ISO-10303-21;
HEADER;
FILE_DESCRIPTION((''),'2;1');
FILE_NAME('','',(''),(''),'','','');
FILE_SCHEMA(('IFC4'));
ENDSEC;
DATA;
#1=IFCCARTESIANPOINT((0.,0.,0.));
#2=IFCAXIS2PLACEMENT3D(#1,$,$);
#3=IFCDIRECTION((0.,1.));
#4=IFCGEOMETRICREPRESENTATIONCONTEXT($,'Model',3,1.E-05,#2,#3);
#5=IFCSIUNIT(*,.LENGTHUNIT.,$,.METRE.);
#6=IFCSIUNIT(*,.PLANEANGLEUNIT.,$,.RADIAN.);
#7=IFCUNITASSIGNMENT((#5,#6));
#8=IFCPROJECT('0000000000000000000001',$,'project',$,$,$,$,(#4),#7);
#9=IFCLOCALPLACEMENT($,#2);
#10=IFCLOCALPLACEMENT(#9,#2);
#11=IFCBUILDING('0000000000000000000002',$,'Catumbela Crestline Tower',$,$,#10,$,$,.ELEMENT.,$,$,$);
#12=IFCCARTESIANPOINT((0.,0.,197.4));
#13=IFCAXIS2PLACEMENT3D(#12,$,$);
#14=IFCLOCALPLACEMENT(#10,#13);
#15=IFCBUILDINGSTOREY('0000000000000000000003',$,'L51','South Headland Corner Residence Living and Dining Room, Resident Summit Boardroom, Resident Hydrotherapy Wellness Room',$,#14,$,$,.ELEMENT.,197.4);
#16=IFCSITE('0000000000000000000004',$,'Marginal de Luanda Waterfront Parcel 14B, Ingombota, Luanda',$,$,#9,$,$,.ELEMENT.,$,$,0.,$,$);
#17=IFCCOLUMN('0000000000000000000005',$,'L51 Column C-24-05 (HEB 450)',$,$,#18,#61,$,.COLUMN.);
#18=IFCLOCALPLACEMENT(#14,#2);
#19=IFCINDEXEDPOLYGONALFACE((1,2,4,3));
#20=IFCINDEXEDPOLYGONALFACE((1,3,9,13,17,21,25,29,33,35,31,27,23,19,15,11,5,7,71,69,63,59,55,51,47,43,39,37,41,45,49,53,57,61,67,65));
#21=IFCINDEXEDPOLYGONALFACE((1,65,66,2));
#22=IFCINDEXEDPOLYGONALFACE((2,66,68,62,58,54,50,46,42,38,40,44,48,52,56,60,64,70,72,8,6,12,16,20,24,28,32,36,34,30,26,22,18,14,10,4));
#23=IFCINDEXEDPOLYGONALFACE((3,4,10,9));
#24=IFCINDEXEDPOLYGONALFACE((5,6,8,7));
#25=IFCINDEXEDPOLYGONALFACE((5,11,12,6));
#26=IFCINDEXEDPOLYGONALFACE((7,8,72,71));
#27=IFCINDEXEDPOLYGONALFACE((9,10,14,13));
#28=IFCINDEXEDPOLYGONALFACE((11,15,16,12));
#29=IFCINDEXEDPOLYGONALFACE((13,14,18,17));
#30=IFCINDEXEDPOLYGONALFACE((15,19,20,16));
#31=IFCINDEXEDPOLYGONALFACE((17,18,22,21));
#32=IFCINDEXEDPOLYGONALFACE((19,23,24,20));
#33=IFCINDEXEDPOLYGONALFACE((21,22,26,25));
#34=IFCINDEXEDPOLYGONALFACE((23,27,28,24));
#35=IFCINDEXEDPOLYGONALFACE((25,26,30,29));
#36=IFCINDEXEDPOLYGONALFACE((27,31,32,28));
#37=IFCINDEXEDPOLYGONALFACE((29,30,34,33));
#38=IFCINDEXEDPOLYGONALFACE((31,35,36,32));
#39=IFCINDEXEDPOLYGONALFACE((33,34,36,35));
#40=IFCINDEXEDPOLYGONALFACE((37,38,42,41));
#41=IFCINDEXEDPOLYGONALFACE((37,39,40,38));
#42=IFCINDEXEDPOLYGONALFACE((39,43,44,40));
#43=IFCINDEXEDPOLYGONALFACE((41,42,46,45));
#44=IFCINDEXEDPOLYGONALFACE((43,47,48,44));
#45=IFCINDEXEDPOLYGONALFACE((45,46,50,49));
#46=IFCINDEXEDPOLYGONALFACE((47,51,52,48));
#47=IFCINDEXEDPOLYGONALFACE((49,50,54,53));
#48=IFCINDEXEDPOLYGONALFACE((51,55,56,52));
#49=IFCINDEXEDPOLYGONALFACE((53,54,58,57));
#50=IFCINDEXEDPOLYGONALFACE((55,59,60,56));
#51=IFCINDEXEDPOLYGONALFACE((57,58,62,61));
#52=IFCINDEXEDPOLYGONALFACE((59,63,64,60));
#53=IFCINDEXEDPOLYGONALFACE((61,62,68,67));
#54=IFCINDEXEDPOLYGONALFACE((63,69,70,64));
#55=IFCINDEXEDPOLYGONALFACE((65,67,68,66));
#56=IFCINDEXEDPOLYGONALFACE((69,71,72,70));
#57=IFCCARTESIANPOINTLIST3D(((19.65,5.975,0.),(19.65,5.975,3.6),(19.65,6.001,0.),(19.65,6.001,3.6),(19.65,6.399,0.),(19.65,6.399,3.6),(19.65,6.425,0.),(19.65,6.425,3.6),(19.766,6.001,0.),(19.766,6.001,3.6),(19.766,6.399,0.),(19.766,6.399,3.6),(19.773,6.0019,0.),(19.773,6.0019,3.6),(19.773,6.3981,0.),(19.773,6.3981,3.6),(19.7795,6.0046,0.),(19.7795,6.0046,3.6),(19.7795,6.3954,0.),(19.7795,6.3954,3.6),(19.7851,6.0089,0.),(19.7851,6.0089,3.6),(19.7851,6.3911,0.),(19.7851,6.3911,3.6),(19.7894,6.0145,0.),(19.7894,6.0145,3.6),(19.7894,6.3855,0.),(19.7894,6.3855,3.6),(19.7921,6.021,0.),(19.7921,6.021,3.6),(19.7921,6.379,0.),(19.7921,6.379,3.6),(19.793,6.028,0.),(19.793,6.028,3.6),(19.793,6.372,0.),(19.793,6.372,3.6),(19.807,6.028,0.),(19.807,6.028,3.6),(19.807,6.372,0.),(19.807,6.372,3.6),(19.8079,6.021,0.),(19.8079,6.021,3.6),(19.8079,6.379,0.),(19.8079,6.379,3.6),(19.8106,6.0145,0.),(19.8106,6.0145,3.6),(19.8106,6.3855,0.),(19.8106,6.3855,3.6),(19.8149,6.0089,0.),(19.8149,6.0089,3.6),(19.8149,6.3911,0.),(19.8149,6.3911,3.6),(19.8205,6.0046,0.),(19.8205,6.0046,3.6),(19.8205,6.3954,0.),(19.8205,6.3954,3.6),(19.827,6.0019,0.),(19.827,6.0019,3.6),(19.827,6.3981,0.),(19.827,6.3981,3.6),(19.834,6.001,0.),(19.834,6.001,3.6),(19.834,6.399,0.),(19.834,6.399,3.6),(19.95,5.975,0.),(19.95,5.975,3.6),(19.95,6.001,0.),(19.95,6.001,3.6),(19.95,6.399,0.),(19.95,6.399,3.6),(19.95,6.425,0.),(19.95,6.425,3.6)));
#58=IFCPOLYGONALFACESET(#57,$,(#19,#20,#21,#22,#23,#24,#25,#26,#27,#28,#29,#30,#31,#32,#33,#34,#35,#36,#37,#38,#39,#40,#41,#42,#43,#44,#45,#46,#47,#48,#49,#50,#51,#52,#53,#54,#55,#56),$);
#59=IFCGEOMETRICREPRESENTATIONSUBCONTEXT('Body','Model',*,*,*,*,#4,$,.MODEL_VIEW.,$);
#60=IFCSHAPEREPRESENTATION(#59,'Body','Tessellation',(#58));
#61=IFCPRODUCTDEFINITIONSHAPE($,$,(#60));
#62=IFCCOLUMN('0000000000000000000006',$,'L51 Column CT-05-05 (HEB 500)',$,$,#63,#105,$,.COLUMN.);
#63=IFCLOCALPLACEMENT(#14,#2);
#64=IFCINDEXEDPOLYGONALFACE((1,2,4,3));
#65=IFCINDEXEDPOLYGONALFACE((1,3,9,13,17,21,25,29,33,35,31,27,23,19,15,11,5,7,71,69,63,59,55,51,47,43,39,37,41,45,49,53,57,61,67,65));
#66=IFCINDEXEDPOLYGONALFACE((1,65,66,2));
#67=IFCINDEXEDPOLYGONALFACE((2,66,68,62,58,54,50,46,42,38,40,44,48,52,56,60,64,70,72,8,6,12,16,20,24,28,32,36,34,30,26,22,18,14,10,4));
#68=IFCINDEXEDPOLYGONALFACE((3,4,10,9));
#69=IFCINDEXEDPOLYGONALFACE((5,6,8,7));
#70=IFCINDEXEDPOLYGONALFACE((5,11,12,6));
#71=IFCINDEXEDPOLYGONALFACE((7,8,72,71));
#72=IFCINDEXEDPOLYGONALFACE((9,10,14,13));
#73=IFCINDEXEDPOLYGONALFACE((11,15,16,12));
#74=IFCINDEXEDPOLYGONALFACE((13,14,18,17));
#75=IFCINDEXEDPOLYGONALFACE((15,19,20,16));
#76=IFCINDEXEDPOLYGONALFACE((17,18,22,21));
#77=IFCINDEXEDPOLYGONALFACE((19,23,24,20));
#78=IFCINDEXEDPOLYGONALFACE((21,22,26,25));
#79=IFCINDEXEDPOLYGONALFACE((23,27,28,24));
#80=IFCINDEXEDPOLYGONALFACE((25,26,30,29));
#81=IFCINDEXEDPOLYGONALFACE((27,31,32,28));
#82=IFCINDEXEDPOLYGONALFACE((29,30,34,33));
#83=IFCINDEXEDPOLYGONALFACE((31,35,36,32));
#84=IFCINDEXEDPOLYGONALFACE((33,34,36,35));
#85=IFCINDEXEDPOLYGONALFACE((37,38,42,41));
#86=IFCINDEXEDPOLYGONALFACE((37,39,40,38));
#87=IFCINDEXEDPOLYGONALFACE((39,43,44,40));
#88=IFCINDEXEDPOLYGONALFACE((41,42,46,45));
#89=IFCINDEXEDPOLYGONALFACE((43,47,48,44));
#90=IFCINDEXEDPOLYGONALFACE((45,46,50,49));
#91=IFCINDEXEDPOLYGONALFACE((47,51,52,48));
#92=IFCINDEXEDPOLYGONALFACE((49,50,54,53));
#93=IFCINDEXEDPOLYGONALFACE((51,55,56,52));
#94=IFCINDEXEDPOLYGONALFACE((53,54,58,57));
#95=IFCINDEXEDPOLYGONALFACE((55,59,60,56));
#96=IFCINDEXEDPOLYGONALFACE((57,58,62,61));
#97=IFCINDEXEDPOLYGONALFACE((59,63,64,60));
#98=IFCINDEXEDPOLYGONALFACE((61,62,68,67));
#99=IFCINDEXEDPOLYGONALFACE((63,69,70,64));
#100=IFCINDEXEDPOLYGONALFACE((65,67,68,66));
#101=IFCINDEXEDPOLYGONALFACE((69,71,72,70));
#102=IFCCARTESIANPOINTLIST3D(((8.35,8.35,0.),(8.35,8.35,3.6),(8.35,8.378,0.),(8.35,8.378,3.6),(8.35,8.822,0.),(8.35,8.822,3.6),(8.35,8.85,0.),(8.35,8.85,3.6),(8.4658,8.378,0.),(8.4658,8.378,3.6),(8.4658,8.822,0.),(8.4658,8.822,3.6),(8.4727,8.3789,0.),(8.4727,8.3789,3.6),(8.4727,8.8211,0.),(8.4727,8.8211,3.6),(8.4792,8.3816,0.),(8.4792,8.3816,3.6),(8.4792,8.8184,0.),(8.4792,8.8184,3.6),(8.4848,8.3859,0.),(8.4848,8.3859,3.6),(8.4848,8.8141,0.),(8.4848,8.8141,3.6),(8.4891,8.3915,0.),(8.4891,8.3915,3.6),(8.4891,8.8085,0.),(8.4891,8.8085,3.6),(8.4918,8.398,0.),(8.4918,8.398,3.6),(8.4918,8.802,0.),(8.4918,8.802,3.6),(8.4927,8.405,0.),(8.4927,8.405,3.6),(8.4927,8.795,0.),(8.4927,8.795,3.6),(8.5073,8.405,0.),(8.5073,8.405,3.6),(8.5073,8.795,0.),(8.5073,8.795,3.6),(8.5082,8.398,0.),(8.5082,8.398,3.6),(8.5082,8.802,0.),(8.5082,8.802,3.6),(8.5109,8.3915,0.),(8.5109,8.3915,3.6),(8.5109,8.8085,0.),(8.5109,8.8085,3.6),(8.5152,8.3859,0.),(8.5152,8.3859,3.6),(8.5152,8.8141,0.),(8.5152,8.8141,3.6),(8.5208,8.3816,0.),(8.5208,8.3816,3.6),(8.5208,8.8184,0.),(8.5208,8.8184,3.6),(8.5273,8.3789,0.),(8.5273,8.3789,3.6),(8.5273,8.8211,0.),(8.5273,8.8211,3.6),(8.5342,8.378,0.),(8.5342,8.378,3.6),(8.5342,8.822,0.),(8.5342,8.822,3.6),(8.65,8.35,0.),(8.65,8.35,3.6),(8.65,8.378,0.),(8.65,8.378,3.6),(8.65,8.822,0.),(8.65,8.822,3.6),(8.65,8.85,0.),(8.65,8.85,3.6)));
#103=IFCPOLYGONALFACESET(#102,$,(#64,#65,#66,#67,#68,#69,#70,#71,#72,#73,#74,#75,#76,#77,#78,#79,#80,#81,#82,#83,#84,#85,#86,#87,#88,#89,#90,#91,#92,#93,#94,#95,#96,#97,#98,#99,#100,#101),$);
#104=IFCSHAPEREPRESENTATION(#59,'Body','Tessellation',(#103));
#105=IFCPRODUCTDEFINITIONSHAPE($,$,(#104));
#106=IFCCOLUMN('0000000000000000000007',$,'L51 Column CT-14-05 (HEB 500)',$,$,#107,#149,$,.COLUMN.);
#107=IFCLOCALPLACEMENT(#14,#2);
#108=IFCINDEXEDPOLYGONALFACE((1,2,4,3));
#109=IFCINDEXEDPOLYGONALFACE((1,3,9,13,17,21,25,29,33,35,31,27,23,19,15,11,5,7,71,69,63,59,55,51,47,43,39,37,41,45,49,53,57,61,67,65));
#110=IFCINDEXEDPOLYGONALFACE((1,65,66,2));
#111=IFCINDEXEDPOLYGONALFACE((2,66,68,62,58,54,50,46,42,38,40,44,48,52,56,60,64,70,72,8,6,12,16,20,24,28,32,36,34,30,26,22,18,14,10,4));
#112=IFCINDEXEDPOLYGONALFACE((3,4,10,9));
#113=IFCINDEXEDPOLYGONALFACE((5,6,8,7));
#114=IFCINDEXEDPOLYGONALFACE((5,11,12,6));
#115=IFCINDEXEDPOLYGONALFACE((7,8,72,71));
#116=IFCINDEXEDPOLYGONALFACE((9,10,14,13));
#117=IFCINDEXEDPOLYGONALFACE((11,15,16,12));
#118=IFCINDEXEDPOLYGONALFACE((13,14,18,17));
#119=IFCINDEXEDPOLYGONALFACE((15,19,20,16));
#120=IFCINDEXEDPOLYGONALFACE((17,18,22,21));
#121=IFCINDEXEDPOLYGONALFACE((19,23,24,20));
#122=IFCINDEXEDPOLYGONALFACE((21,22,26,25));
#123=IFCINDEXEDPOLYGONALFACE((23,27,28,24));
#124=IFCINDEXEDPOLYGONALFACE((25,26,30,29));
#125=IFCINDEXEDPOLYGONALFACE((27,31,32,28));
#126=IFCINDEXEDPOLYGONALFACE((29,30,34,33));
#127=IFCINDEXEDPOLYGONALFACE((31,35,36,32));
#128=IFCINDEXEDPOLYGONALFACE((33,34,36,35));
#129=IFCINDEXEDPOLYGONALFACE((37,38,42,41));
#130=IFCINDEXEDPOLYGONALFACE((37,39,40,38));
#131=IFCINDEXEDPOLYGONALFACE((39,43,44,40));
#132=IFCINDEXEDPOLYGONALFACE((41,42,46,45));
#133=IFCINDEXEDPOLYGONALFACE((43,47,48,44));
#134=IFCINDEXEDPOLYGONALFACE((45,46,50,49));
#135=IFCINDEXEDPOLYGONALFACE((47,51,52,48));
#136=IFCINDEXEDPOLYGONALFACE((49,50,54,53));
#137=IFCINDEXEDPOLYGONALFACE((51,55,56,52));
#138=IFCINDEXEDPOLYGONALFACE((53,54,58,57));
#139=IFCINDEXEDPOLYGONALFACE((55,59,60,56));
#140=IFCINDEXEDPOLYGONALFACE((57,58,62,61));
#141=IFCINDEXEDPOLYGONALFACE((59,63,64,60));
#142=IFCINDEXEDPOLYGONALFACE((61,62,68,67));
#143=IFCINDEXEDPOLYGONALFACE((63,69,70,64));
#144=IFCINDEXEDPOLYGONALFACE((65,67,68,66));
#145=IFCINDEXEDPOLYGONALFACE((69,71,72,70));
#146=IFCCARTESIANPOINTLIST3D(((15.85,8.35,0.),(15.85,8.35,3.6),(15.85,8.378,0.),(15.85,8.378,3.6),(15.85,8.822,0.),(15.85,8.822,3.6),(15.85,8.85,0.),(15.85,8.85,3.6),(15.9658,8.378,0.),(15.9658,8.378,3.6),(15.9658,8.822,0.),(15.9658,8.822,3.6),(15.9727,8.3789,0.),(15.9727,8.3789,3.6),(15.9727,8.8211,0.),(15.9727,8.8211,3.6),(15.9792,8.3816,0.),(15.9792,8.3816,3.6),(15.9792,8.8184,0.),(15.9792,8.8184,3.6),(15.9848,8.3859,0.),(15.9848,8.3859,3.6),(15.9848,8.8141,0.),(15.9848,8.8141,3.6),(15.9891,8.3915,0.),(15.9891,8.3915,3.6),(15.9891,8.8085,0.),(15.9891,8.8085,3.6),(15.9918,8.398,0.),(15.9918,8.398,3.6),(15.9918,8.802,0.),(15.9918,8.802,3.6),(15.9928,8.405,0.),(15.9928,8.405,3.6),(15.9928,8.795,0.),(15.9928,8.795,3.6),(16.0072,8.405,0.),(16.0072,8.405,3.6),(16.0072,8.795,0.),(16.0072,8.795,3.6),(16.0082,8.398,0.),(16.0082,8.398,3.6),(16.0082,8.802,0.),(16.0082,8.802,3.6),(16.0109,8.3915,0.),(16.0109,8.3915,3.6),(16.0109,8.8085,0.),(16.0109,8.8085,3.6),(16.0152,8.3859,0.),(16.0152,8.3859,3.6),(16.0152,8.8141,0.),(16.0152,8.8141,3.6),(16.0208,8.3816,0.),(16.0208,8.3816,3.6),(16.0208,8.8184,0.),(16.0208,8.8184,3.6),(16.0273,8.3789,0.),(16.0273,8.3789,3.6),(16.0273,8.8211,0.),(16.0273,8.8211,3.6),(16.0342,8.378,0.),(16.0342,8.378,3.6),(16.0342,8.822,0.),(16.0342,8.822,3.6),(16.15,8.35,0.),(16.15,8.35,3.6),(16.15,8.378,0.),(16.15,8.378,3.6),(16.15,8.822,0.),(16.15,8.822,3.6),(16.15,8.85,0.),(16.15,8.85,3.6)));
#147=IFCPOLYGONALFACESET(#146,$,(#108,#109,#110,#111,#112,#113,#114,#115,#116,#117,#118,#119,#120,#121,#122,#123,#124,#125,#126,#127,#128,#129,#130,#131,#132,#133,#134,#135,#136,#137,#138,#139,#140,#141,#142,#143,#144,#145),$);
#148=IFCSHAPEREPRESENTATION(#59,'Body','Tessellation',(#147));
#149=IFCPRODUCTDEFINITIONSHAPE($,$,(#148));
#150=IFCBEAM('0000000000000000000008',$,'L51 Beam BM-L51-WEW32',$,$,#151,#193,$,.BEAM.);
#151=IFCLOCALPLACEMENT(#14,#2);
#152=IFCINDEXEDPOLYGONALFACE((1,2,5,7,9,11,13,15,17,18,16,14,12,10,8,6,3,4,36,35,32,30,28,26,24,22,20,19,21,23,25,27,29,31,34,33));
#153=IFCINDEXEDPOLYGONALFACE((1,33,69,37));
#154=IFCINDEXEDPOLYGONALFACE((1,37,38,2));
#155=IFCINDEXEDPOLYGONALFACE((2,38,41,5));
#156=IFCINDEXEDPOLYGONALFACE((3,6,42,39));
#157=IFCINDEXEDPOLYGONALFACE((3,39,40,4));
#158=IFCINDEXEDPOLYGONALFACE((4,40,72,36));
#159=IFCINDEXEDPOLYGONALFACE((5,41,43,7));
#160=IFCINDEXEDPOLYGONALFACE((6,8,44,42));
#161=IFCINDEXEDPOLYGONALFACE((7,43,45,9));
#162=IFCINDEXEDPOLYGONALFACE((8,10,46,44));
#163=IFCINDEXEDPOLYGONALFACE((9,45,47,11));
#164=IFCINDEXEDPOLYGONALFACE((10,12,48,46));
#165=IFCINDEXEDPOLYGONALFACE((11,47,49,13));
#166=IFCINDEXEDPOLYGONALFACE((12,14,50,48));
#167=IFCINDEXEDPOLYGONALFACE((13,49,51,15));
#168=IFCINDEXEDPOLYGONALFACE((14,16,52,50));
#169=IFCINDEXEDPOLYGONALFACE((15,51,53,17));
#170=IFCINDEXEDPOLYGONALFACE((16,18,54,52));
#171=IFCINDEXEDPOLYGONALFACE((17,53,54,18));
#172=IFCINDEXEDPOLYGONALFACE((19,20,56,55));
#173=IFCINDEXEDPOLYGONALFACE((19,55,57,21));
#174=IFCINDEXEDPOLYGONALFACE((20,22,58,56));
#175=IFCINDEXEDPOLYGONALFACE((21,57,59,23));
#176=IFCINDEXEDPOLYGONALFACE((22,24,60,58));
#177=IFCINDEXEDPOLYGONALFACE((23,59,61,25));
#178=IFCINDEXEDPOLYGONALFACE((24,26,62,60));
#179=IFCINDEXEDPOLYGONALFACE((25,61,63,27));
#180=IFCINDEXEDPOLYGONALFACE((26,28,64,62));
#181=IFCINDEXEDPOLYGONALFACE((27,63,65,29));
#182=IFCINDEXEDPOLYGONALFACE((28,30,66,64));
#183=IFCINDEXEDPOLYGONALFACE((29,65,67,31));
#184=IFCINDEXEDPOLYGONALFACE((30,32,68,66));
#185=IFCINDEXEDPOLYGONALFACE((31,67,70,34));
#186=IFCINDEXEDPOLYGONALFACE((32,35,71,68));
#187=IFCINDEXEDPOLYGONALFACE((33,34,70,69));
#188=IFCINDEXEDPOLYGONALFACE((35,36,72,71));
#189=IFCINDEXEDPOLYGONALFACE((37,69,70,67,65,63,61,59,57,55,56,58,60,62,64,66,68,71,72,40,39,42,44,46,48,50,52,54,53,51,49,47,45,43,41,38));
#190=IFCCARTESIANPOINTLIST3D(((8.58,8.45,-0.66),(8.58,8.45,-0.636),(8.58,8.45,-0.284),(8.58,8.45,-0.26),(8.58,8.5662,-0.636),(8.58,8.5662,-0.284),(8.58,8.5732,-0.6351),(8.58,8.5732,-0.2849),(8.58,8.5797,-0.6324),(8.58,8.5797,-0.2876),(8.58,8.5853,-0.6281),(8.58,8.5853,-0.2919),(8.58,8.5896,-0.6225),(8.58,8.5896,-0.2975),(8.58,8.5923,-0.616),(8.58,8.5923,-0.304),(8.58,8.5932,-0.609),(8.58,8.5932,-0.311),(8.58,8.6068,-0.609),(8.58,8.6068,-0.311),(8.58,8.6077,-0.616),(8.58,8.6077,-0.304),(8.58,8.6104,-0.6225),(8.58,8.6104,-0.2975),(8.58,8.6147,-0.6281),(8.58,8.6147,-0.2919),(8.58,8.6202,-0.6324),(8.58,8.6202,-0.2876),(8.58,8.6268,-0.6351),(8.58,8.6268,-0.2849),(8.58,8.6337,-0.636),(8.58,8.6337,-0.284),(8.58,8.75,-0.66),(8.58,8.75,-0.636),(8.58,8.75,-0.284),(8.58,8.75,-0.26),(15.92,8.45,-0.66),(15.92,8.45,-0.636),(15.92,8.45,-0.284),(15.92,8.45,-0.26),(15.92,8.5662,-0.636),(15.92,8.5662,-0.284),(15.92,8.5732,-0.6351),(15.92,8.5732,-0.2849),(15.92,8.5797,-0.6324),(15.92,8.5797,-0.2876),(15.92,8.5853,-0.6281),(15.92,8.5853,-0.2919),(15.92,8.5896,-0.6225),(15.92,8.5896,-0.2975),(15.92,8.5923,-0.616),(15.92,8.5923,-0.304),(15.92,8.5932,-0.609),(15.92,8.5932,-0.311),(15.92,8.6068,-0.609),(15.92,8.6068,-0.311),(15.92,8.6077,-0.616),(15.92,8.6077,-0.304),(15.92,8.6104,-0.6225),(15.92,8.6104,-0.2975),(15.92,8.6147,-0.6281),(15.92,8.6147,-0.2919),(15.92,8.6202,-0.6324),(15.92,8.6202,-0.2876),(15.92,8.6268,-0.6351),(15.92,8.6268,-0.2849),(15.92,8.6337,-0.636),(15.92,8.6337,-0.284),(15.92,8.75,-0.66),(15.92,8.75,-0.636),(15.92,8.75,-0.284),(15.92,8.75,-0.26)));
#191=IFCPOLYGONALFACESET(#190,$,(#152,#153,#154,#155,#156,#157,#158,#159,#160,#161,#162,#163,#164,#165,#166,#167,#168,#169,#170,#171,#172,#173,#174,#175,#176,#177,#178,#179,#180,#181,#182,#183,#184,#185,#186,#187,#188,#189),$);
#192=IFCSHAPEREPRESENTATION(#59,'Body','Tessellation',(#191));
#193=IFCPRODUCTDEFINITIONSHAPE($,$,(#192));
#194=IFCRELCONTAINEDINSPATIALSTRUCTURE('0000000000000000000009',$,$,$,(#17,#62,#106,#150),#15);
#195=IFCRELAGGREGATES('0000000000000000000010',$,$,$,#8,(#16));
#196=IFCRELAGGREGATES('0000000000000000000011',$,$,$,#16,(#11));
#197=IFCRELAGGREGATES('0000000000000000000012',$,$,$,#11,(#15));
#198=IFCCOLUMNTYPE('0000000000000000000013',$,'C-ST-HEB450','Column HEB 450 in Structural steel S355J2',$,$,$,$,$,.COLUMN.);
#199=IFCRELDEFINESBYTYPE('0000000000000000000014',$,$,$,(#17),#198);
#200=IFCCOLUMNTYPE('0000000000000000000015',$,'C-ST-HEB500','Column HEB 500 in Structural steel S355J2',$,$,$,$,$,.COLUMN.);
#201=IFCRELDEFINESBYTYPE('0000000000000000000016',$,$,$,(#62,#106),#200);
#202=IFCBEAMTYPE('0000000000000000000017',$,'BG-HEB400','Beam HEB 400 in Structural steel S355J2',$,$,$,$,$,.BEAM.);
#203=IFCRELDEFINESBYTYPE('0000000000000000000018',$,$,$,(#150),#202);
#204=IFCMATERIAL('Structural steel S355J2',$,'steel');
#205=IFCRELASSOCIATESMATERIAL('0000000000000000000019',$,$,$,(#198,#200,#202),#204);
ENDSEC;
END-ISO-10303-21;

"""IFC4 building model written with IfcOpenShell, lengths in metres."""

from ifc_helpers import new_model, si_unit, direction, frame, origin, origin_2d, place, context, subcontext, project, spatial, i_section, extrude, material, material_profile, profile_set, type_object, element, save


model = new_model("IFC4")

# Units and contexts
model_context = context("Model", 3, precision=1e-05, world=origin(), true_north=direction((0.0, 1.0)))
body_context = subcontext(model_context, "Body", "Model", "MODEL_VIEW")
ifc_project = project(units=[si_unit("LENGTHUNIT", "METRE"), si_unit("PLANEANGLEUNIT", "RADIAN")], contexts=[model_context])

# Site, building, storey
site_placement = place(None, origin())
site = spatial("IfcSite", under=ifc_project, at=site_placement, Name="Marginal de Luanda Waterfront Parcel 14B, Ingombota, Luanda", CompositionType="ELEMENT", RefElevation=0.0)
building_placement = place(site_placement, origin())
building = spatial("IfcBuilding", under=site, at=building_placement, Name="Catumbela Crestline Tower", CompositionType="ELEMENT")
storey_placement = place(building_placement, frame((0.0, 0.0, 197.4)))
storey = spatial("IfcBuildingStorey", under=building, at=storey_placement, Name="L51", Description="South Headland Corner Residence Living and Dining Room, Resident Summit Boardroom, Resident Hydrotherapy Wellness Room", CompositionType="ELEMENT", Elevation=197.4)

# Columns
ifc_material_1 = material(Name="Structural steel S355J2", Category="steel")
ifc_material_profile_1 = material_profile(ifc_material_1, i_section(OverallWidth=0.3, OverallDepth=0.45, WebThickness=0.014, FlangeThickness=0.026, FilletRadius=0.027, at=origin_2d()), Name="HEB 450")
ifc_profile_set_1 = profile_set([ifc_material_profile_1], Name="Structural steel S355J2")
column_type_1 = type_object("IfcColumnType", Name="C-ST-HEB450", Description="Column HEB 450 in Structural steel S355J2", PredefinedType="COLUMN", material=ifc_profile_set_1)
column_placement = place(storey_placement, frame((19.8, 6.2, 0.0), z_axis=(0.0, 0.0, 1.0), x_axis=(1.0, 0.0, 0.0)))
element("IfcColumn", 1, at=column_placement, inside=storey, type_object=column_type_1, Name="L51 Column C-24-05 (HEB 450)", PredefinedType="COLUMN", context=body_context, shape_type="SweptSolid", body=[
    extrude(i_section(OverallWidth=0.3, OverallDepth=0.45, WebThickness=0.014, FlangeThickness=0.026, FilletRadius=0.027, at=origin_2d()), origin(), (0.0, 0.0, 1.0), 3.6),
])
ifc_material_profile_2 = material_profile(ifc_material_1, i_section(OverallWidth=0.3, OverallDepth=0.5, WebThickness=0.0145, FlangeThickness=0.028, FilletRadius=0.027, at=origin_2d()), Name="HEB 500")
ifc_profile_set_2 = profile_set([ifc_material_profile_2], Name="Structural steel S355J2")
column_type_2 = type_object("IfcColumnType", Name="C-ST-HEB500", Description="Column HEB 500 in Structural steel S355J2", PredefinedType="COLUMN", material=ifc_profile_set_2)
for number, where, z_axis, x_axis, name in (
    (2, (8.5, 8.6, 0.0), (0.0, 0.0, 1.0), (1.0, 0.0, 0.0), "L51 Column CT-05-05 (HEB 500)"),
    (3, (16.0, 8.6, 0.0), (0.0, 0.0, 1.0), (1.0, 0.0, 0.0), "L51 Column CT-14-05 (HEB 500)"),
):
    element("IfcColumn", number, at=place(storey_placement, frame(where, z_axis=z_axis, x_axis=x_axis)), inside=storey, type_object=column_type_2, Name=name, PredefinedType="COLUMN", context=body_context, shape_type="SweptSolid", body=[
        extrude(i_section(OverallWidth=0.3, OverallDepth=0.5, WebThickness=0.0145, FlangeThickness=0.028, FilletRadius=0.027, at=origin_2d()), origin(), (0.0, 0.0, 1.0), 3.6),
    ])

# Beam
ifc_material_profile_3 = material_profile(ifc_material_1, i_section(OverallWidth=0.3, OverallDepth=0.4, WebThickness=0.0135, FlangeThickness=0.024, FilletRadius=0.027, at=origin_2d()), Name="HEB 400")
ifc_profile_set_3 = profile_set([ifc_material_profile_3], Name="Structural steel S355J2")
beam_type = type_object("IfcBeamType", Name="BG-HEB400", Description="Beam HEB 400 in Structural steel S355J2", PredefinedType="BEAM", material=ifc_profile_set_3)
beam_1_placement = place(storey_placement, frame((8.58, 8.6, -0.46), z_axis=(1.0, 0.0, 0.0), x_axis=(0.0, 1.0, 0.0)))
element("IfcBeam", 4, at=beam_1_placement, inside=storey, type_object=beam_type, Name="L51 Beam BM-L51-WEW32", PredefinedType="BEAM", context=body_context, shape_type="SweptSolid", body=[
    extrude(i_section(OverallWidth=0.3, OverallDepth=0.4, WebThickness=0.0135, FlangeThickness=0.024, FilletRadius=0.027, at=origin_2d()), origin(), (0.0, 0.0, 1.0), 7.34),
])

save(model, "model.ifc")
